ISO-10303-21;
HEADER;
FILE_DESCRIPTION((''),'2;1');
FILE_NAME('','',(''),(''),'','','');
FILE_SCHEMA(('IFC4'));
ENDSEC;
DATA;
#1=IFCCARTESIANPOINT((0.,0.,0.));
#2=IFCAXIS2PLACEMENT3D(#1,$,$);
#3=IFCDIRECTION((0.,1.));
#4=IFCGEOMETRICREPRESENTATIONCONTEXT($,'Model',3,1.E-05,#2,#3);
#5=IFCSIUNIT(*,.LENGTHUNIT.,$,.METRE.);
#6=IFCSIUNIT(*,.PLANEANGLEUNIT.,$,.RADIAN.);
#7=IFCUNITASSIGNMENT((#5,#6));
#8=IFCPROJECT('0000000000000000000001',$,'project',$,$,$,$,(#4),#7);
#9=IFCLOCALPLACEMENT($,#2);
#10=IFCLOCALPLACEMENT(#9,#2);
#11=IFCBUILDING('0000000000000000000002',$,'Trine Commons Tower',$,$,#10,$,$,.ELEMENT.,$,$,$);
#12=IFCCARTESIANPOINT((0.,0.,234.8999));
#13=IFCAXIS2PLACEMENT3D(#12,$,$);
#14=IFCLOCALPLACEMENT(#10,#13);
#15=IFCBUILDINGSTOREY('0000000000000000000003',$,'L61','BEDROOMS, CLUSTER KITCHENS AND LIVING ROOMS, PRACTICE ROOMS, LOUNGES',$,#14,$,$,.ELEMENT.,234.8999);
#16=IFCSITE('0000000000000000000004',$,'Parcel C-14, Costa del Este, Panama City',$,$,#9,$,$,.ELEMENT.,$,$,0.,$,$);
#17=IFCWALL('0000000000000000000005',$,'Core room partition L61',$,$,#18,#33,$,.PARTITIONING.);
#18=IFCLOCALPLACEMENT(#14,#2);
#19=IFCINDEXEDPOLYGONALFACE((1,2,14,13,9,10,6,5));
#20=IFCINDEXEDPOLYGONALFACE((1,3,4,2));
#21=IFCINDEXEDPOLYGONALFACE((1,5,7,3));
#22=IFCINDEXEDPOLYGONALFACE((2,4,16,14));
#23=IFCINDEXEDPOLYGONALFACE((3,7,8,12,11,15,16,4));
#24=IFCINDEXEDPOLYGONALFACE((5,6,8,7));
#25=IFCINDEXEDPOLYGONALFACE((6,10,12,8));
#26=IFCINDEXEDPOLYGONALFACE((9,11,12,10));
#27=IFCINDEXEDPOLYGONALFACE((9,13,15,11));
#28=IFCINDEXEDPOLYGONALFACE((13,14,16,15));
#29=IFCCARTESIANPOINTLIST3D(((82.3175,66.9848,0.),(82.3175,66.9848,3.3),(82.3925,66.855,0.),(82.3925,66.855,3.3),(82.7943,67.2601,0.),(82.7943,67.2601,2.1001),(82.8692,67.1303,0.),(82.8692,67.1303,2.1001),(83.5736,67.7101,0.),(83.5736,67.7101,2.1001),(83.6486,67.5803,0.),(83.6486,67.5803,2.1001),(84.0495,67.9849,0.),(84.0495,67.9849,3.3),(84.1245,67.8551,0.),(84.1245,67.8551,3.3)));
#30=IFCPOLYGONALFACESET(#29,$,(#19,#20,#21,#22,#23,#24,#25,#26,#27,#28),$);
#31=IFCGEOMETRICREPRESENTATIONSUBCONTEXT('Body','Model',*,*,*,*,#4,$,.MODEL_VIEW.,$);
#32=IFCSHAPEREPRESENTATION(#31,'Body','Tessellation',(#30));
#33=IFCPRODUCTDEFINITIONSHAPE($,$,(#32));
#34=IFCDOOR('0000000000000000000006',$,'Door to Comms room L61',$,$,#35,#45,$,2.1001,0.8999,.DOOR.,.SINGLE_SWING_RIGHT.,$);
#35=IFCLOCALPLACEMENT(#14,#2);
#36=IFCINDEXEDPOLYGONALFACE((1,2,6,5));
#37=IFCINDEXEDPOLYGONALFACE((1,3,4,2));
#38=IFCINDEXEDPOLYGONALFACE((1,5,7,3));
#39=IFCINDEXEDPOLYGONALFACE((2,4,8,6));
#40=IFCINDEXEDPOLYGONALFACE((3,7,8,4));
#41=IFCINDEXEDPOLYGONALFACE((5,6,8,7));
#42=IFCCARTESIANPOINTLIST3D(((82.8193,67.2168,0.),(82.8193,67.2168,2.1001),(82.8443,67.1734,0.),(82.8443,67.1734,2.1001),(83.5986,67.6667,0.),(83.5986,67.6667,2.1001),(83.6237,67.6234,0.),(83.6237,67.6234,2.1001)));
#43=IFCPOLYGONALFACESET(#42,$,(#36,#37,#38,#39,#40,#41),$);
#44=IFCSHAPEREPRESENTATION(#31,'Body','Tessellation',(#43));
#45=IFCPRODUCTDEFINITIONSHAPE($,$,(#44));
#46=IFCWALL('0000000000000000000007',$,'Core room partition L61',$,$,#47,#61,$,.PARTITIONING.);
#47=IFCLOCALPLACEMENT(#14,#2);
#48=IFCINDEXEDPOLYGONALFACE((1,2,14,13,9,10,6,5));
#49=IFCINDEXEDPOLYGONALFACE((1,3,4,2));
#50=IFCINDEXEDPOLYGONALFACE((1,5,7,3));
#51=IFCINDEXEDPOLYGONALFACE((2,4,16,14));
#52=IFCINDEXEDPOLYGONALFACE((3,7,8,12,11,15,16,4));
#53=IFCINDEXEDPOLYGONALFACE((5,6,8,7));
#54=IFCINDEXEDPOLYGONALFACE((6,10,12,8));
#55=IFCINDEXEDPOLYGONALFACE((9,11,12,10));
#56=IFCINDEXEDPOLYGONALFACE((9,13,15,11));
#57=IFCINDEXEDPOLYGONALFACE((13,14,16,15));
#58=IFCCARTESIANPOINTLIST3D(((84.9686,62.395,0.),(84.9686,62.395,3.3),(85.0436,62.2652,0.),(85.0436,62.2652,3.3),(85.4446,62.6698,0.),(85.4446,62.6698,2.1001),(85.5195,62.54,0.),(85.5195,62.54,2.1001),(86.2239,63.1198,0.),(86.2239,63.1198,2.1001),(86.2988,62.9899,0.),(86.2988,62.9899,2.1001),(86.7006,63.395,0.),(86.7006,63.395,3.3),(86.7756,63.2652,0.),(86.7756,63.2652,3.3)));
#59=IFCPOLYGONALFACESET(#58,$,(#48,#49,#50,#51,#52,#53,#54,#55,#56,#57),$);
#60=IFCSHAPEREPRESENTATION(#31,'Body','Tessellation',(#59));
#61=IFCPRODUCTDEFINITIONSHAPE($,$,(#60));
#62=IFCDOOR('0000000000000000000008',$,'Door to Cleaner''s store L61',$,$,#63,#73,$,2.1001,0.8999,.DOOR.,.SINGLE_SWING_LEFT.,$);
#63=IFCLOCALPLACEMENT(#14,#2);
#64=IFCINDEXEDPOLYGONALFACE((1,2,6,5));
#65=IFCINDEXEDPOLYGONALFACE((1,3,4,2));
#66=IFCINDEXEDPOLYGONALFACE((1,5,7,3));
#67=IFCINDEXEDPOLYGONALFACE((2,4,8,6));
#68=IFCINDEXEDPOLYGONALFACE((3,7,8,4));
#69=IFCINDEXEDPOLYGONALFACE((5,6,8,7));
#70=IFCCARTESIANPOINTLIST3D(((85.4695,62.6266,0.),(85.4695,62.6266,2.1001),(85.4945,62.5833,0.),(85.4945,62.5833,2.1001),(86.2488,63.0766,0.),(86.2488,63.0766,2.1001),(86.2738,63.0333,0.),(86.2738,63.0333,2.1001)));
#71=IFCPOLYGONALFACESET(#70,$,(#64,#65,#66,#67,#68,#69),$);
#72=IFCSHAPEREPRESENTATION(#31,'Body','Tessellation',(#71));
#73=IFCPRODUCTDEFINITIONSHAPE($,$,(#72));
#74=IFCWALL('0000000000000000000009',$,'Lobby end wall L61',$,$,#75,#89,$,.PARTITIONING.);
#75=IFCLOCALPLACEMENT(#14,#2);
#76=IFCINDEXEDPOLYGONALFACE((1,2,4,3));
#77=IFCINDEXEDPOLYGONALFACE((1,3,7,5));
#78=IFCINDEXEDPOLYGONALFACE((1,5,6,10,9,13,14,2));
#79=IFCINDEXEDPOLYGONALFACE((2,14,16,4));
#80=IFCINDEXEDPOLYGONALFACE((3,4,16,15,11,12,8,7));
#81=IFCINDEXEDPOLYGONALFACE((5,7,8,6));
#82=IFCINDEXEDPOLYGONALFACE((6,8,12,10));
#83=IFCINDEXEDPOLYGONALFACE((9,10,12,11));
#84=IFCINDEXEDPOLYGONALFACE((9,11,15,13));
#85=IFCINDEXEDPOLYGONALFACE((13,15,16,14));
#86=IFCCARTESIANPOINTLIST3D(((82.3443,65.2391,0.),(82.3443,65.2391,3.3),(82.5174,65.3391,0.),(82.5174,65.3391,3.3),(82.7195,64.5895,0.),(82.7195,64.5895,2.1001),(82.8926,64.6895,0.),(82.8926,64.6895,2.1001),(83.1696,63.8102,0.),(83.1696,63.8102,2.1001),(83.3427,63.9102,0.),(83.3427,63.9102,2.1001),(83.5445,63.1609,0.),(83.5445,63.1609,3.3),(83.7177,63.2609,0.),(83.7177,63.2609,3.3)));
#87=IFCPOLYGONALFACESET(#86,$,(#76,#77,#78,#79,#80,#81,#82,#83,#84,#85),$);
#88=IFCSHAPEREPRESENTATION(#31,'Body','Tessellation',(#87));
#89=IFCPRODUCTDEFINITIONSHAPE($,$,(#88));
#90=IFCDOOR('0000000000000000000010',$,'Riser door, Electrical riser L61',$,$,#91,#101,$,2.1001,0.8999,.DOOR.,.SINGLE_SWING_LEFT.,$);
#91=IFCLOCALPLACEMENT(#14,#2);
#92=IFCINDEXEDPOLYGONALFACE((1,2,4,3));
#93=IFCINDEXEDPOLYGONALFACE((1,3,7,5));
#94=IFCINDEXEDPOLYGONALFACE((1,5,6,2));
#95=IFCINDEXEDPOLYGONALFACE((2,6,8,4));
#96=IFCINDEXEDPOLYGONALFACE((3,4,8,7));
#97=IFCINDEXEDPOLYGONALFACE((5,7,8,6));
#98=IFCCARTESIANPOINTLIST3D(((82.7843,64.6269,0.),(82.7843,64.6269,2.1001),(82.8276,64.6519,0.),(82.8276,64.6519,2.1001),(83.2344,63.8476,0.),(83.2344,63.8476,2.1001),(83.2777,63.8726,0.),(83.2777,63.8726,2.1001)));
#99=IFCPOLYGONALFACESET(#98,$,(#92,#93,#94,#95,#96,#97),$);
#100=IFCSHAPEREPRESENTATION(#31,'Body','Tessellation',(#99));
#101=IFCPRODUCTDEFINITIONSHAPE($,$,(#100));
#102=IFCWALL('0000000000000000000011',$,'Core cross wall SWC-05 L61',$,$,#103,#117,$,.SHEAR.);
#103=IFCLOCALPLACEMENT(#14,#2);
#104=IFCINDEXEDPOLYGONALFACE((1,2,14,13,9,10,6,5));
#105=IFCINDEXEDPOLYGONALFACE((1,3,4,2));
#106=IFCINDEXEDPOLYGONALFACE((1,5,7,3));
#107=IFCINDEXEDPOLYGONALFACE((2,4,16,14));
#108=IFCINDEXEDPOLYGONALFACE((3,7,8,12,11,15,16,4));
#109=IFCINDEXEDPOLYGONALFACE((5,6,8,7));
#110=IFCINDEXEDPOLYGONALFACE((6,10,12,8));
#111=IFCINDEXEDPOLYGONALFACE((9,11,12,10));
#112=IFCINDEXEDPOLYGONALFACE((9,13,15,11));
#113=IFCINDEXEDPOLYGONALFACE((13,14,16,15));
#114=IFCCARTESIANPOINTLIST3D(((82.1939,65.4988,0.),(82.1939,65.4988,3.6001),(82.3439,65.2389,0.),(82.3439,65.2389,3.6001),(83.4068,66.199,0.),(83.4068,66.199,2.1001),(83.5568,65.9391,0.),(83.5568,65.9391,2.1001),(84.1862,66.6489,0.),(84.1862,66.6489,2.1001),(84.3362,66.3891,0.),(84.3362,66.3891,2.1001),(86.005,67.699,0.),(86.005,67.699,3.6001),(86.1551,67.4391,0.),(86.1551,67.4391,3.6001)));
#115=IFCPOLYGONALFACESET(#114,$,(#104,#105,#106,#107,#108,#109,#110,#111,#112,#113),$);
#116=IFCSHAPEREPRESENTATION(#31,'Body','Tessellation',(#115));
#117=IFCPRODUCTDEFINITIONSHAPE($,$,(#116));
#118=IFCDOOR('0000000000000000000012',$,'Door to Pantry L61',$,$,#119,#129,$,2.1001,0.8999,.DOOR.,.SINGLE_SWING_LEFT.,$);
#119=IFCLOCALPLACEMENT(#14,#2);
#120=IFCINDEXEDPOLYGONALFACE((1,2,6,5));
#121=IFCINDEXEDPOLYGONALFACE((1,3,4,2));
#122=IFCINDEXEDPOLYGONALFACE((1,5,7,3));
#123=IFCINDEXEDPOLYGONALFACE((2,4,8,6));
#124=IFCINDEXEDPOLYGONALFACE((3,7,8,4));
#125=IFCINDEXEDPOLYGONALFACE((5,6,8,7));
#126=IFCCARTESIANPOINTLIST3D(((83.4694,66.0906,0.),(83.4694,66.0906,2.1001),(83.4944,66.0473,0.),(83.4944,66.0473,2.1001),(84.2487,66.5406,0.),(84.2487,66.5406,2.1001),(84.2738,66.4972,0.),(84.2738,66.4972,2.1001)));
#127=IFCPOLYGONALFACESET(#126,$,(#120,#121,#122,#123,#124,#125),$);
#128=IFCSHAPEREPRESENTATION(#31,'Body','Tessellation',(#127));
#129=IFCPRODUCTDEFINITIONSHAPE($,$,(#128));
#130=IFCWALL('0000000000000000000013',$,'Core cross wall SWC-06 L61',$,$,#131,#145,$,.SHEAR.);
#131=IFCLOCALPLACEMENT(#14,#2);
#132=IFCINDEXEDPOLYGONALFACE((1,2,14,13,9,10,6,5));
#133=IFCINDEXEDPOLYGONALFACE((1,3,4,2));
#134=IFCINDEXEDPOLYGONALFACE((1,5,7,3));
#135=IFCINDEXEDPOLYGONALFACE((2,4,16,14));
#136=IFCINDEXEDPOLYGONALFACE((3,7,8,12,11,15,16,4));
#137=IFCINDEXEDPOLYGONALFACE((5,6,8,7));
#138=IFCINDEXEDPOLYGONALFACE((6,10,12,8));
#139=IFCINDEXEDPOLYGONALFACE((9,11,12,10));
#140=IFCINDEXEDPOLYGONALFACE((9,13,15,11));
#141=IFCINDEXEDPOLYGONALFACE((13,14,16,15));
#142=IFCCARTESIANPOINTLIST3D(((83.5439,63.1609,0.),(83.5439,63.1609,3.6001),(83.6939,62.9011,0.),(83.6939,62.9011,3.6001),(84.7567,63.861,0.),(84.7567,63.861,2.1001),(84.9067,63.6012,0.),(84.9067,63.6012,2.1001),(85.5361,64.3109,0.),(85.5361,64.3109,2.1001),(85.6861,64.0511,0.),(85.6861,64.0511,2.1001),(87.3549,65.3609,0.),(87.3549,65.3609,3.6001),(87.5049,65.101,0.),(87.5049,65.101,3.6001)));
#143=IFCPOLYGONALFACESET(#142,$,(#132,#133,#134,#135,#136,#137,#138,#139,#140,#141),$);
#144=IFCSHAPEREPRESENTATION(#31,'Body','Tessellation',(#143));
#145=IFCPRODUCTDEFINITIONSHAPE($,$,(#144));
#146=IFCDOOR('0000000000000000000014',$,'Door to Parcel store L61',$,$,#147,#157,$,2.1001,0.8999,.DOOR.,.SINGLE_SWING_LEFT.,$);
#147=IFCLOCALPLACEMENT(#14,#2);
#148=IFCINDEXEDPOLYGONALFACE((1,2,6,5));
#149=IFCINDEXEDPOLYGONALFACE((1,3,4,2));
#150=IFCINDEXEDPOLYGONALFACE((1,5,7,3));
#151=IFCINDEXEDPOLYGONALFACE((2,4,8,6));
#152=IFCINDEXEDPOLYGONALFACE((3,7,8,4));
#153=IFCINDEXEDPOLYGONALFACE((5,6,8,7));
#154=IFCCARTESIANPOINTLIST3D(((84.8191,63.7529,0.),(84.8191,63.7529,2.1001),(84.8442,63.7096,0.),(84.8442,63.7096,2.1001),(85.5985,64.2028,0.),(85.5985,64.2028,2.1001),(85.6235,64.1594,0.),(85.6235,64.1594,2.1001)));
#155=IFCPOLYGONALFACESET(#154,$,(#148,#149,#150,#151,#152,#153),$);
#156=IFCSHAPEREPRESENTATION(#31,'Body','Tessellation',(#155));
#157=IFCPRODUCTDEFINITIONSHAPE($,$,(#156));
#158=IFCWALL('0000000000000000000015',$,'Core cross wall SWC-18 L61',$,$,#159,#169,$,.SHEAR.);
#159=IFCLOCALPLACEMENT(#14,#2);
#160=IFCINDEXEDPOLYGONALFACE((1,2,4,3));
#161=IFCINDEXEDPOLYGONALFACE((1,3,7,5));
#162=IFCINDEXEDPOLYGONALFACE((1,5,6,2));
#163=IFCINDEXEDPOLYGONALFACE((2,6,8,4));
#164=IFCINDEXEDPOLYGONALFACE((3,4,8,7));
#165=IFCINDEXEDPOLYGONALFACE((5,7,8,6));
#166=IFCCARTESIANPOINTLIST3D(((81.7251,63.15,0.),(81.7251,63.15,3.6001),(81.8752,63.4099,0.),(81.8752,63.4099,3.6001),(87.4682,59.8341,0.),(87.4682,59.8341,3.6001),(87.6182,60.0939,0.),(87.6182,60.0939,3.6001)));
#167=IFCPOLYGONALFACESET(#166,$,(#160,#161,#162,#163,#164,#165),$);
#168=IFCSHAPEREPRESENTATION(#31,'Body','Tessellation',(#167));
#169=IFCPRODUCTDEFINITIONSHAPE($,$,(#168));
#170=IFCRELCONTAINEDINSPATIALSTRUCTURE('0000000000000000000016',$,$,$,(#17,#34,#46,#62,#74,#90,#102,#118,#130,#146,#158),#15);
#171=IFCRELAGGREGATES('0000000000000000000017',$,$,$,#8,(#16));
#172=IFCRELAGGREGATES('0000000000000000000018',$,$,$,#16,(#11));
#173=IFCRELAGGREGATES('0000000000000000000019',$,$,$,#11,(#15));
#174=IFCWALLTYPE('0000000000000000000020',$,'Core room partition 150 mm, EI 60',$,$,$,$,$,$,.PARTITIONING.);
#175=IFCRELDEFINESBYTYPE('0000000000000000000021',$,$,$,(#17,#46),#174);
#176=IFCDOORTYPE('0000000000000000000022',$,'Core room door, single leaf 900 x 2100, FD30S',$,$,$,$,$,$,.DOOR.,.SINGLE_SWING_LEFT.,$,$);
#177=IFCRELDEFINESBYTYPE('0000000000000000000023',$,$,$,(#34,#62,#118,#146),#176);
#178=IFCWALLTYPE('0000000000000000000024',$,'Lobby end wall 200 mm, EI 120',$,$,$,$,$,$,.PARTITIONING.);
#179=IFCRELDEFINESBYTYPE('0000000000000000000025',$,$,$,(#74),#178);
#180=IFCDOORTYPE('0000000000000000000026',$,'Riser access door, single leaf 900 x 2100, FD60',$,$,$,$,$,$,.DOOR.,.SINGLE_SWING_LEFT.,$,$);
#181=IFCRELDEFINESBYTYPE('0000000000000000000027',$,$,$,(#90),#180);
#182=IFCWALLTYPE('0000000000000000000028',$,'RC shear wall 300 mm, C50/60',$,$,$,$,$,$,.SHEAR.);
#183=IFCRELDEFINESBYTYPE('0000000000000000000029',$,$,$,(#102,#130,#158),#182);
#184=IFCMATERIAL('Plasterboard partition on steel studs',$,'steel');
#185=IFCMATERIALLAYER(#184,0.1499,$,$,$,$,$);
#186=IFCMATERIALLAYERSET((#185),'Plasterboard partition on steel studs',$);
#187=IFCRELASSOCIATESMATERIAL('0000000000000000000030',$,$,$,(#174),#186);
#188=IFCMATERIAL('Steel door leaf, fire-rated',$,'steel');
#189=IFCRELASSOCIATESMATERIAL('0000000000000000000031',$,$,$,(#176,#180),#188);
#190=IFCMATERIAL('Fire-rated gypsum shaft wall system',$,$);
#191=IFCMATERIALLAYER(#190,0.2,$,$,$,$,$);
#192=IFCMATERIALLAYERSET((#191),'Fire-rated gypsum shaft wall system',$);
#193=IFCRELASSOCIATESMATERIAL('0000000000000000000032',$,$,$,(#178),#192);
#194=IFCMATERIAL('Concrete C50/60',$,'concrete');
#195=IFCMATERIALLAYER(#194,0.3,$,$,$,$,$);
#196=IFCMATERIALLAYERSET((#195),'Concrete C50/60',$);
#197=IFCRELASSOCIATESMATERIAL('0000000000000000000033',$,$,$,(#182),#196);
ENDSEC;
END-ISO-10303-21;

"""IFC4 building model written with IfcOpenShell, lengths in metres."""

from ifc_helpers import new_model, si_unit, direction, frame, frame_2d, origin, place, context, subcontext, project, spatial, rectangle, extrude, material, layer, layer_set, type_object, element, fill, save


model = new_model("IFC4")

# Units and contexts
model_context = context("Model", 3, precision=1e-05, world=origin(), true_north=direction((0.0, 1.0)))
body_context = subcontext(model_context, "Body", "Model", "MODEL_VIEW")
ifc_project = project(units=[si_unit("LENGTHUNIT", "METRE"), si_unit("PLANEANGLEUNIT", "RADIAN")], contexts=[model_context])

# Site, building, storey
site_placement = place(None, origin())
site = spatial("IfcSite", under=ifc_project, at=site_placement, Name="Parcel C-14, Costa del Este, Panama City", CompositionType="ELEMENT", RefElevation=0.0)
building_placement = place(site_placement, origin())
building = spatial("IfcBuilding", under=site, at=building_placement, Name="Trine Commons Tower", CompositionType="ELEMENT")
storey_placement = place(building_placement, frame((0.0, 0.0, 234.8999)))
storey = spatial("IfcBuildingStorey", under=building, at=storey_placement, Name="L61", Description="BEDROOMS, CLUSTER KITCHENS AND LIVING ROOMS, PRACTICE ROOMS, LOUNGES", CompositionType="ELEMENT", Elevation=234.8999)

# Walls, openings, doors
ifc_material_1 = material(Name="Plasterboard partition on steel studs", Category="steel")
ifc_layer_1 = layer(ifc_material_1, 0.1499)
ifc_layer_set_1 = layer_set([ifc_layer_1], Name="Plasterboard partition on steel studs")
wall_type_1 = type_object("IfcWallType", Name="Core room partition 150 mm, EI 60", PredefinedType="PARTITIONING", material=ifc_layer_set_1)
wall_1_placement = place(storey_placement, frame((82.355, 66.9199, 0.0), z_axis=(0.0, 0.0, 1.0), x_axis=(0.866011, 0.500025, 0.0)))
wall_1 = element("IfcWall", 1, at=wall_1_placement, inside=storey, type_object=wall_type_1, Name="Core room partition L61", PredefinedType="PARTITIONING", context=body_context, shape_type="SweptSolid", body=[
    extrude(rectangle(XDim=2.0, YDim=0.1499, at=frame_2d((1.0, 0.0))), origin(), (0.0, 0.0, 1.0), 3.3),
])
opening_1_placement = place(wall_1_placement, frame((0.5505, 0.0, 0.0)))
opening_1 = element("IfcOpeningElement", 2, at=opening_1_placement, cuts=wall_1, PredefinedType="OPENING", context=body_context, shape_type="SweptSolid", body=[
    extrude(rectangle(XDim=0.8999, YDim=2.1001, at=frame_2d((0.45, 1.05))), frame((0.0, 0.085, 0.0), z_axis=(0.0, -1.0, 0.0), x_axis=(1.0, 0.0, 0.0)), (0.0, 0.0, 1.0), 0.1699),
])
ifc_material_2 = material(Name="Steel door leaf, fire-rated", Category="steel")
door_type_1 = type_object("IfcDoorType", Name="Core room door, single leaf 900 x 2100, FD30S", OperationType="SINGLE_SWING_LEFT", PredefinedType="DOOR", material=ifc_material_2)
door_1_placement = place(opening_1_placement, origin())
door_1 = element("IfcDoor", 3, at=door_1_placement, inside=storey, type_object=door_type_1, Name="Door to Comms room L61", OperationType="SINGLE_SWING_RIGHT", OverallHeight=2.1001, OverallWidth=0.8999, PredefinedType="DOOR", context=body_context, shape_type="SweptSolid", body=[
    extrude(rectangle(XDim=0.8999, YDim=2.1001, at=frame_2d((0.45, 1.05))), frame((0.0, 0.0249, 0.0), z_axis=(0.0, -1.0, 0.0), x_axis=(1.0, 0.0, 0.0)), (0.0, 0.0, 1.0), 0.05),
])
fill(opening_1, door_1)
wall_2_placement = place(storey_placement, frame((85.0061, 62.3301, 0.0), z_axis=(0.0, 0.0, 1.0), x_axis=(0.866011, 0.500025, 0.0)))
wall_2 = element("IfcWall", 4, at=wall_2_placement, inside=storey, type_object=wall_type_1, Name="Core room partition L61", PredefinedType="PARTITIONING", context=body_context, shape_type="SweptSolid", body=[
    extrude(rectangle(XDim=2.0, YDim=0.1499, at=frame_2d((1.0, 0.0))), origin(), (0.0, 0.0, 1.0), 3.3),
])
opening_2_placement = place(wall_2_placement, frame((0.5496, 0.0, 0.0)))
opening_2 = element("IfcOpeningElement", 5, at=opening_2_placement, cuts=wall_2, PredefinedType="OPENING", context=body_context, shape_type="SweptSolid", body=[
    extrude(rectangle(XDim=0.8999, YDim=2.1001, at=frame_2d((0.45, 1.05))), frame((0.0, 0.085, 0.0), z_axis=(0.0, -1.0, 0.0), x_axis=(1.0, 0.0, 0.0)), (0.0, 0.0, 1.0), 0.1699),
])
door_2_placement = place(opening_2_placement, frame((0.8999, 0.0, 0.0), z_axis=(0.0, 0.0, 1.0), x_axis=(-1.0, 0.0, 0.0)))
door_2 = element("IfcDoor", 6, at=door_2_placement, inside=storey, type_object=door_type_1, Name="Door to Cleaner's store L61", OperationType="SINGLE_SWING_LEFT", OverallHeight=2.1001, OverallWidth=0.8999, PredefinedType="DOOR", context=body_context, shape_type="SweptSolid", body=[
    extrude(rectangle(XDim=0.8999, YDim=2.1001, at=frame_2d((0.45, 1.05))), frame((0.0, 0.0249, 0.0), z_axis=(0.0, -1.0, 0.0), x_axis=(1.0, 0.0, 0.0)), (0.0, 0.0, 1.0), 0.05),
])
fill(opening_2, door_2)
ifc_material_3 = material(Name="Fire-rated gypsum shaft wall system")
ifc_layer_2 = layer(ifc_material_3, 0.2)
ifc_layer_set_2 = layer_set([ifc_layer_2], Name="Fire-rated gypsum shaft wall system")
wall_type_2 = type_object("IfcWallType", Name="Lobby end wall 200 mm, EI 120", PredefinedType="PARTITIONING", material=ifc_layer_set_2)
wall_3_placement = place(storey_placement, frame((83.6311, 63.2109, 0.0), z_axis=(0.0, 0.0, 1.0), x_axis=(-0.500122, 0.865955, 0.0)))
wall_3 = element("IfcWall", 7, at=wall_3_placement, inside=storey, type_object=wall_type_2, Name="Lobby end wall L61", PredefinedType="PARTITIONING", context=body_context, shape_type="SweptSolid", body=[
    extrude(rectangle(XDim=2.3999, YDim=0.2, at=frame_2d((1.2, 0.0))), origin(), (0.0, 0.0, 1.0), 3.3),
])
opening_3_placement = place(wall_3_placement, frame((0.7498, 0.0, 0.0)))
opening_3 = element("IfcOpeningElement", 8, at=opening_3_placement, cuts=wall_3, PredefinedType="OPENING", context=body_context, shape_type="SweptSolid", body=[
    extrude(rectangle(XDim=0.8999, YDim=2.1001, at=frame_2d((0.45, 1.05))), frame((0.0, 0.1099, 0.0), z_axis=(0.0, -1.0, 0.0), x_axis=(1.0, 0.0, 0.0)), (0.0, 0.0, 1.0), 0.22),
])
door_type_2 = type_object("IfcDoorType", Name="Riser access door, single leaf 900 x 2100, FD60", OperationType="SINGLE_SWING_LEFT", PredefinedType="DOOR", material=ifc_material_2)
door_3_placement = place(opening_3_placement, frame((0.8999, 0.0, 0.0), z_axis=(0.0, 0.0, 1.0), x_axis=(-1.0, 0.0, 0.0)))
door_3 = element("IfcDoor", 9, at=door_3_placement, inside=storey, type_object=door_type_2, Name="Riser door, Electrical riser L61", OperationType="SINGLE_SWING_LEFT", OverallHeight=2.1001, OverallWidth=0.8999, PredefinedType="DOOR", context=body_context, shape_type="SweptSolid", body=[
    extrude(rectangle(XDim=0.8999, YDim=2.1001, at=frame_2d((0.45, 1.05))), frame((0.0, 0.0249, 0.0), z_axis=(0.0, -1.0, 0.0), x_axis=(1.0, 0.0, 0.0)), (0.0, 0.0, 1.0), 0.05),
])
fill(opening_3, door_3)
ifc_material_4 = material(Name="Concrete C50/60", Category="concrete")
ifc_layer_3 = layer(ifc_material_4, 0.3)
ifc_layer_set_3 = layer_set([ifc_layer_3], Name="Concrete C50/60")
wall_type_3 = type_object("IfcWallType", Name="RC shear wall 300 mm, C50/60", PredefinedType="SHEAR", material=ifc_layer_set_3)
wall_4_placement = place(storey_placement, frame((82.269, 65.3689, 0.0), z_axis=(0.0, 0.0, 1.0), x_axis=(0.866036, 0.499982, 0.0)))
wall_4 = element("IfcWall", 10, at=wall_4_placement, inside=storey, type_object=wall_type_3, Name="Core cross wall SWC-05 L61", PredefinedType="SHEAR", context=body_context, shape_type="SweptSolid", body=[
    extrude(rectangle(XDim=4.4006, YDim=0.3, at=frame_2d((2.2002, 0.0))), origin(), (0.0, 0.0, 1.0), 3.6001),
])
opening_4_placement = place(wall_4_placement, frame((1.4004, 0.0, 0.0)))
opening_4 = element("IfcOpeningElement", 11, at=opening_4_placement, cuts=wall_4, PredefinedType="OPENING", context=body_context, shape_type="SweptSolid", body=[
    extrude(rectangle(XDim=0.8999, YDim=2.1001, at=frame_2d((0.45, 1.05))), frame((0.0, 0.1599, 0.0), z_axis=(0.0, -1.0, 0.0), x_axis=(1.0, 0.0, 0.0)), (0.0, 0.0, 1.0), 0.3201),
])
door_4_placement = place(opening_4_placement, origin())
door_4 = element("IfcDoor", 12, at=door_4_placement, inside=storey, type_object=door_type_1, Name="Door to Pantry L61", OperationType="SINGLE_SWING_LEFT", OverallHeight=2.1001, OverallWidth=0.8999, PredefinedType="DOOR", context=body_context, shape_type="SweptSolid", body=[
    extrude(rectangle(XDim=0.8999, YDim=2.1001, at=frame_2d((0.45, 1.05))), frame((0.0, 0.0249, 0.0), z_axis=(0.0, -1.0, 0.0), x_axis=(1.0, 0.0, 0.0)), (0.0, 0.0, 1.0), 0.05),
])
fill(opening_4, door_4)
wall_5_placement = place(storey_placement, frame((83.6189, 63.031, 0.0), z_axis=(0.0, 0.0, 1.0), x_axis=(0.86606, 0.49994, 0.0)))
wall_5 = element("IfcWall", 13, at=wall_5_placement, inside=storey, type_object=wall_type_3, Name="Core cross wall SWC-06 L61", PredefinedType="SHEAR", context=body_context, shape_type="SweptSolid", body=[
    extrude(rectangle(XDim=4.4004, YDim=0.3, at=frame_2d((2.2002, 0.0))), origin(), (0.0, 0.0, 1.0), 3.6001),
])
opening_5_placement = place(wall_5_placement, frame((1.4004, 0.0, 0.0)))
opening_5 = element("IfcOpeningElement", 14, at=opening_5_placement, cuts=wall_5, PredefinedType="OPENING", context=body_context, shape_type="SweptSolid", body=[
    extrude(rectangle(XDim=0.8999, YDim=2.1001, at=frame_2d((0.45, 1.05))), frame((0.0, 0.1599, 0.0), z_axis=(0.0, -1.0, 0.0), x_axis=(1.0, 0.0, 0.0)), (0.0, 0.0, 1.0), 0.3201),
])
door_5_placement = place(opening_5_placement, frame((0.8999, 0.0, 0.0), z_axis=(0.0, 0.0, 1.0), x_axis=(-1.0, 0.0, 0.0)))
door_5 = element("IfcDoor", 15, at=door_5_placement, inside=storey, type_object=door_type_1, Name="Door to Parcel store L61", OperationType="SINGLE_SWING_LEFT", OverallHeight=2.1001, OverallWidth=0.8999, PredefinedType="DOOR", context=body_context, shape_type="SweptSolid", body=[
    extrude(rectangle(XDim=0.8999, YDim=2.1001, at=frame_2d((0.45, 1.05))), frame((0.0, 0.0249, 0.0), z_axis=(0.0, -1.0, 0.0), x_axis=(1.0, 0.0, 0.0)), (0.0, 0.0, 1.0), 0.05),
])
fill(opening_5, door_5)

# Wall
wall_6_placement = place(storey_placement, frame((81.8, 63.28, 0.0), z_axis=(0.0, 0.0, 1.0), x_axis=(0.86601, -0.500027, 0.0)))
element("IfcWall", 16, at=wall_6_placement, inside=storey, type_object=wall_type_3, Name="Core cross wall SWC-18 L61", PredefinedType="SHEAR", context=body_context, shape_type="SweptSolid", body=[
    extrude(rectangle(XDim=6.6316, YDim=0.3, at=frame_2d((3.3159, 0.0))), origin(), (0.0, 0.0, 1.0), 3.6001),
])

save(model, "model.ifc")
